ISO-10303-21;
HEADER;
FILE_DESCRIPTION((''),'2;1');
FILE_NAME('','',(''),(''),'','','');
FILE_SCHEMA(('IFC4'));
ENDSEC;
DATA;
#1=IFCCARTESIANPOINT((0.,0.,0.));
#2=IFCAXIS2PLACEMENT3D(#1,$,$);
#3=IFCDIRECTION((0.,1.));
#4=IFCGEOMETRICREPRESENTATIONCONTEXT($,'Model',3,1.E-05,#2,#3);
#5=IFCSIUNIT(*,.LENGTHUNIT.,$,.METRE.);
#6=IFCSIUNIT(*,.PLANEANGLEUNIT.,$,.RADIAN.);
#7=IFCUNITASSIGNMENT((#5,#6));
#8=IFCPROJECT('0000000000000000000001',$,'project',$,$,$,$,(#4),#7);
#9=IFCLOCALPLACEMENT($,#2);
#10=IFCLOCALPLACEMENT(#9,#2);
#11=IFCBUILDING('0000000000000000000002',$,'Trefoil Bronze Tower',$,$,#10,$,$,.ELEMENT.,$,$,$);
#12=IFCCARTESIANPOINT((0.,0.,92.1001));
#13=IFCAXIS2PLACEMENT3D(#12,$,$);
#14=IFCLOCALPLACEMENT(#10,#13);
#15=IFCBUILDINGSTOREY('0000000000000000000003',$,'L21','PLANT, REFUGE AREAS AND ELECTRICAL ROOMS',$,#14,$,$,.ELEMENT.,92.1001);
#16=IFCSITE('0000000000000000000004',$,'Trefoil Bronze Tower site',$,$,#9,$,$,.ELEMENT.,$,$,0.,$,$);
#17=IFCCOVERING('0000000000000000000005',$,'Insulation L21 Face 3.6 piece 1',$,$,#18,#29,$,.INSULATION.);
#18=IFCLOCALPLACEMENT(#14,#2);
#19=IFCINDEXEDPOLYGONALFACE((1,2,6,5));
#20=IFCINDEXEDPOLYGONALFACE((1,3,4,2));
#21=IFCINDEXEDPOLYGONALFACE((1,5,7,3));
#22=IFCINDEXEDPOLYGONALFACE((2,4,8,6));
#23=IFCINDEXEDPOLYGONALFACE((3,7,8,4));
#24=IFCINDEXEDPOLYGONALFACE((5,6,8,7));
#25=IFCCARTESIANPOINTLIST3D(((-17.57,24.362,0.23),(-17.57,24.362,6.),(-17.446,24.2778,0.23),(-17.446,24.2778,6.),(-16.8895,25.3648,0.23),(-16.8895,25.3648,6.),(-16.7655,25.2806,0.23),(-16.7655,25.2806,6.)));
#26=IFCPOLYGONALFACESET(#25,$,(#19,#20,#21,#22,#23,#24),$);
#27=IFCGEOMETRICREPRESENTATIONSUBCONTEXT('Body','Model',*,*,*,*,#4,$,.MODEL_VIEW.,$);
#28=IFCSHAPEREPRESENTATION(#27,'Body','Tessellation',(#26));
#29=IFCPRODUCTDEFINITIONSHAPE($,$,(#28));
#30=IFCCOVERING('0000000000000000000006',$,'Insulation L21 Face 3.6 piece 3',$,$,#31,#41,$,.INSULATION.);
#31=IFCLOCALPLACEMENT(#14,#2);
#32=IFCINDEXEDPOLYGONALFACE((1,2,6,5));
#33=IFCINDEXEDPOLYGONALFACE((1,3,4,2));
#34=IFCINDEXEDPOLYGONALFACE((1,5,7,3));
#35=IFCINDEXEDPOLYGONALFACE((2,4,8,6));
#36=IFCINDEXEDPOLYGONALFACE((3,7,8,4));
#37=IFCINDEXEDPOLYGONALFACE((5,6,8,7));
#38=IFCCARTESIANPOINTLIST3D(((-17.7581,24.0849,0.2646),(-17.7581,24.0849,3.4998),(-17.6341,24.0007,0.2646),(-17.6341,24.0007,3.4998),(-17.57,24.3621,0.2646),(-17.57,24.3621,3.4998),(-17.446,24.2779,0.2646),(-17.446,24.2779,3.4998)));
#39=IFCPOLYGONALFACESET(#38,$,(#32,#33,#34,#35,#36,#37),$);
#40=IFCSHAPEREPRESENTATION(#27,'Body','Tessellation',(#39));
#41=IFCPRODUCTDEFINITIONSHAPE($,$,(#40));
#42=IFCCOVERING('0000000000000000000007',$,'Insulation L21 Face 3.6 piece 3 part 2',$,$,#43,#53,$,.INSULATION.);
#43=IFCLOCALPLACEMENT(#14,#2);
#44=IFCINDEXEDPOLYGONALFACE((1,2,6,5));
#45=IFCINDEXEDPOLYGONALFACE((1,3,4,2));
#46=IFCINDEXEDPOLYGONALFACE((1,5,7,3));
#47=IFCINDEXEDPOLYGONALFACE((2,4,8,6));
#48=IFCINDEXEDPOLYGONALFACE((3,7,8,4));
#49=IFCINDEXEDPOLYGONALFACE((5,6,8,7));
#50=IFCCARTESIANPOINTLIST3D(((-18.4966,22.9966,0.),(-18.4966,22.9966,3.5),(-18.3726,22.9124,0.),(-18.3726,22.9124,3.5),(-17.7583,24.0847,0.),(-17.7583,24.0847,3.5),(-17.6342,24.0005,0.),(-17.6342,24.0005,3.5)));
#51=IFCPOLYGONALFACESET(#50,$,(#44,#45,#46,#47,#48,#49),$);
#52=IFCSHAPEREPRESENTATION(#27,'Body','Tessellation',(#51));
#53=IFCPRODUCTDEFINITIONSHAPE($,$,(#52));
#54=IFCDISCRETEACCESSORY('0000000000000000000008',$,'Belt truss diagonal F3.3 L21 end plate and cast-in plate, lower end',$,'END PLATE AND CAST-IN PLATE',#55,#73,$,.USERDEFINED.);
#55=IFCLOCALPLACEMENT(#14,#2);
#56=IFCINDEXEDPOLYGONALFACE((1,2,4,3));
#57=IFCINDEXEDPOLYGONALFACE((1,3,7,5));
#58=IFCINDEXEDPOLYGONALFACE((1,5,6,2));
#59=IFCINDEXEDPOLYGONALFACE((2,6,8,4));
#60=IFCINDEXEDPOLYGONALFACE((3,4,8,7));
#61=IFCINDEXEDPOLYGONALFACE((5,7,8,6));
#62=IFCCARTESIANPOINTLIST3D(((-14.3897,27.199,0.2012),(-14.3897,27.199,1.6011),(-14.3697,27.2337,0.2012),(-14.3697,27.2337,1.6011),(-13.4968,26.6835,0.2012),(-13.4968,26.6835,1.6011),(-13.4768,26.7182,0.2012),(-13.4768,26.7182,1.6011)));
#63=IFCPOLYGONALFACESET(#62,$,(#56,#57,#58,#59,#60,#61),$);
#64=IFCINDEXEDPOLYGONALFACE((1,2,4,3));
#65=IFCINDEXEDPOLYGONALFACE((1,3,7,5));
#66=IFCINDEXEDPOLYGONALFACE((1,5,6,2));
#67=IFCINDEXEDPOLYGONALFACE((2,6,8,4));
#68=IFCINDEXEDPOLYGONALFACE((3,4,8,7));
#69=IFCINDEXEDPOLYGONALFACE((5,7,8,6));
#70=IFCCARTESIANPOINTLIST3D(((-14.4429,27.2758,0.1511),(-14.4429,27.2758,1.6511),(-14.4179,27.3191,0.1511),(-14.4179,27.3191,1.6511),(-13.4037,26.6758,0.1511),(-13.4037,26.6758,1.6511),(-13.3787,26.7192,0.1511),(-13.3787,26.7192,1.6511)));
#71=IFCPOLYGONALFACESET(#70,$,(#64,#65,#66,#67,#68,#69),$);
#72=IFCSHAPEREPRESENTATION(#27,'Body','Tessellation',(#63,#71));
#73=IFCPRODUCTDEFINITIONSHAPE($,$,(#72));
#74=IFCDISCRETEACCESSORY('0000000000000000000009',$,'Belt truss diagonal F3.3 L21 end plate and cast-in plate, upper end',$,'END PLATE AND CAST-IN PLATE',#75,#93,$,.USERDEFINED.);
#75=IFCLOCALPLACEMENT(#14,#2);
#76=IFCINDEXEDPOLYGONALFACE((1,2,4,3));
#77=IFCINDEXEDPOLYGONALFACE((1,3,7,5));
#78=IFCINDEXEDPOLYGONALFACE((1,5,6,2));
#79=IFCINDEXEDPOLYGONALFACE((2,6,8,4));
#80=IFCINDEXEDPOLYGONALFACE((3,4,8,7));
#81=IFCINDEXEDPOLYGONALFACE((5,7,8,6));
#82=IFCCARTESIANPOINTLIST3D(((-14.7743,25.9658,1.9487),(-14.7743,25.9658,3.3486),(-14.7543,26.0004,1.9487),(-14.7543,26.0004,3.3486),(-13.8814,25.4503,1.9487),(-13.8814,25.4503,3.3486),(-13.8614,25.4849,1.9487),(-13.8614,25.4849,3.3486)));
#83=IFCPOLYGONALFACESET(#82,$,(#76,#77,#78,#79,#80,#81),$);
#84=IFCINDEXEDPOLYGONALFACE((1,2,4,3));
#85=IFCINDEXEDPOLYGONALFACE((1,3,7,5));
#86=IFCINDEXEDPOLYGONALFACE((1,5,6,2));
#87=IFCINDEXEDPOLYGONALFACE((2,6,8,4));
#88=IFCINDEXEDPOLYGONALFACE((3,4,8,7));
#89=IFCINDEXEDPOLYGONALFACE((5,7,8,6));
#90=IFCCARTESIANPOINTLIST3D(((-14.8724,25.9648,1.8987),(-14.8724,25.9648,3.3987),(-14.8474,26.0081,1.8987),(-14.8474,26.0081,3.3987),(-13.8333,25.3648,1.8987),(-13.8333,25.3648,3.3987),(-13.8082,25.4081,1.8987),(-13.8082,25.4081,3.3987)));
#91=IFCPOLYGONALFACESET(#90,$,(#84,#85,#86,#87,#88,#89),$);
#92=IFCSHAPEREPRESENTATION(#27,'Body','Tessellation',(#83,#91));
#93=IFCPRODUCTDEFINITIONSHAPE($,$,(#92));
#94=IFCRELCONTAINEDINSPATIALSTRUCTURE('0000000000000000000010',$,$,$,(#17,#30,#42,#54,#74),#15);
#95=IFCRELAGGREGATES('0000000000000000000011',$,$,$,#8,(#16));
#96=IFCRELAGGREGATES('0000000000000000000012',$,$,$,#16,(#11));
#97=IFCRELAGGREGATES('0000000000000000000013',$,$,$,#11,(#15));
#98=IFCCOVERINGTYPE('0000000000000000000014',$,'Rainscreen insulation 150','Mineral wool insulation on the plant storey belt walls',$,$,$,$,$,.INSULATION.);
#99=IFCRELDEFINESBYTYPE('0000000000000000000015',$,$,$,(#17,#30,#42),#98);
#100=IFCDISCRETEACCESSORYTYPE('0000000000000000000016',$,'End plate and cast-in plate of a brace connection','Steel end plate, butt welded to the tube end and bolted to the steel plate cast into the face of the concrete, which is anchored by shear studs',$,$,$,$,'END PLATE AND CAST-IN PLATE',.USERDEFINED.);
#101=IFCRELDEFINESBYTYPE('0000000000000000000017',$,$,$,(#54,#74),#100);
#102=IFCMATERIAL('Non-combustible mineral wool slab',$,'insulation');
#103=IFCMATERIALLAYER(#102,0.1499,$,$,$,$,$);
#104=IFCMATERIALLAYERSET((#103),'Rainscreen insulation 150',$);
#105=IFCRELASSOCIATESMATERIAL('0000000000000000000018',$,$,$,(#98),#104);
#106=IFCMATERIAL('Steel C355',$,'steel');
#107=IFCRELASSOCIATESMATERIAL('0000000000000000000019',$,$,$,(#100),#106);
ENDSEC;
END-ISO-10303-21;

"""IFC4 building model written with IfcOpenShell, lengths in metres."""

from ifc_helpers import new_model, si_unit, direction, frame, origin, origin_2d, place, context, subcontext, project, spatial, rectangle, extrude, material, layer, layer_set, type_object, element, save


model = new_model("IFC4")

# Units and contexts
model_context = context("Model", 3, precision=1e-05, world=origin(), true_north=direction((0.0, 1.0)))
body_context = subcontext(model_context, "Body", "Model", "MODEL_VIEW")
ifc_project = project(units=[si_unit("LENGTHUNIT", "METRE"), si_unit("PLANEANGLEUNIT", "RADIAN")], contexts=[model_context])

# Site, building, storey
site_placement = place(None, origin())
site = spatial("IfcSite", under=ifc_project, at=site_placement, Name="Trefoil Bronze Tower site", CompositionType="ELEMENT", RefElevation=0.0)
building_placement = place(site_placement, origin())
building = spatial("IfcBuilding", under=site, at=building_placement, Name="Trefoil Bronze Tower", CompositionType="ELEMENT")
storey_placement = place(building_placement, frame((0.0, 0.0, 92.1001)))
storey = spatial("IfcBuildingStorey", under=building, at=storey_placement, Name="L21", Description="PLANT, REFUGE AREAS AND ELECTRICAL ROOMS", CompositionType="ELEMENT", Elevation=92.1001)

# Coverings
ifc_material_1 = material(Name="Non-combustible mineral wool slab", Category="insulation")
ifc_layer_1 = layer(ifc_material_1, 0.1499)
ifc_layer_set_1 = layer_set([ifc_layer_1], Name="Rainscreen insulation 150")
covering_type_1 = type_object("IfcCoveringType", Name="Rainscreen insulation 150", Description="Mineral wool insulation on the plant storey belt walls", PredefinedType="INSULATION", material=ifc_layer_set_1)
covering_1_placement = place(storey_placement, frame((-17.1677, 24.8213, 0.23), z_axis=(0.0, 0.0, 1.0), x_axis=(-0.56151, -0.82747, 0.0)))
element("IfcCovering", 1, at=covering_1_placement, inside=storey, type_object=covering_type_1, Name="Insulation L21 Face 3.6 piece 1", PredefinedType="INSULATION", context=body_context, shape_type="SweptSolid", body=[
    extrude(rectangle(XDim=1.2119, YDim=0.1499, at=origin_2d()), origin(), (0.0, 0.0, 1.0), 5.77),
])
covering_2_placement = place(storey_placement, frame((-17.6021, 24.1814, 0.2646), z_axis=(0.0, 0.0, 1.0), x_axis=(-0.56151, -0.82747, 0.0)))
element("IfcCovering", 2, at=covering_2_placement, inside=storey, type_object=covering_type_1, Name="Insulation L21 Face 3.6 piece 3", PredefinedType="INSULATION", context=body_context, shape_type="SweptSolid", body=[
    extrude(rectangle(XDim=0.335, YDim=0.1499, at=origin_2d()), origin(), (0.0, 0.0, 1.0), 3.2351),
])
covering_3_placement = place(storey_placement, frame((-18.0654, 23.4985, 0.0), z_axis=(0.0, 0.0, 1.0), x_axis=(-0.56151, -0.82747, 0.0)))
element("IfcCovering", 3, at=covering_3_placement, inside=storey, type_object=covering_type_1, Name="Insulation L21 Face 3.6 piece 3 part 2", PredefinedType="INSULATION", context=body_context, shape_type="SweptSolid", body=[
    extrude(rectangle(XDim=1.3149, YDim=0.1499, at=origin_2d()), origin(), (0.0, 0.0, 1.0), 3.5),
])

# Discrete accessories
ifc_material_2 = material(Name="Steel C355", Category="steel")
discrete_accessory_type = type_object("IfcDiscreteAccessoryType", Name="End plate and cast-in plate of a brace connection", Description="Steel end plate, butt welded to the tube end and bolted to the steel plate cast into the face of the concrete, which is anchored by shear studs", ElementType="END PLATE AND CAST-IN PLATE", PredefinedType="USERDEFINED", material=ifc_material_2)
discrete_accessory_1_placement = place(storey_placement, frame((-13.9236, 26.9758, 0.9011), z_axis=(0.0, 0.0, 1.0), x_axis=(-0.5, -0.866025, 0.0)))
element("IfcDiscreteAccessory", 4, at=discrete_accessory_1_placement, inside=storey, type_object=discrete_accessory_type, Name="Belt truss diagonal F3.3 L21 end plate and cast-in plate, lower end", ObjectType="END PLATE AND CAST-IN PLATE", PredefinedType="USERDEFINED", context=body_context, shape_type="SweptSolid", body=[
    extrude(rectangle(XDim=0.04, YDim=1.031, at=origin_2d()), frame((0.0198, 0.0002, -0.7)), (0.0, 0.0, 1.0), 1.3999),
    extrude(rectangle(XDim=0.05, YDim=1.2, at=origin_2d()), frame((-0.0251, 0.0002, -0.75)), (0.0, 0.0, 1.0), 1.5),
])
discrete_accessory_2_placement = place(storey_placement, frame((-14.3279, 25.708, 2.6487), z_axis=(0.0, 0.0, 1.0), x_axis=(0.5, 0.866025, 0.0)))
element("IfcDiscreteAccessory", 5, at=discrete_accessory_2_placement, inside=storey, type_object=discrete_accessory_type, Name="Belt truss diagonal F3.3 L21 end plate and cast-in plate, upper end", ObjectType="END PLATE AND CAST-IN PLATE", PredefinedType="USERDEFINED", context=body_context, shape_type="SweptSolid", body=[
    extrude(rectangle(XDim=0.04, YDim=1.031, at=origin_2d()), frame((0.02, 0.0, -0.7)), (0.0, 0.0, 1.0), 1.3999),
    extrude(rectangle(XDim=0.05, YDim=1.2, at=origin_2d()), frame((-0.0249, 0.0, -0.75)), (0.0, 0.0, 1.0), 1.5),
])

save(model, "model.ifc")
